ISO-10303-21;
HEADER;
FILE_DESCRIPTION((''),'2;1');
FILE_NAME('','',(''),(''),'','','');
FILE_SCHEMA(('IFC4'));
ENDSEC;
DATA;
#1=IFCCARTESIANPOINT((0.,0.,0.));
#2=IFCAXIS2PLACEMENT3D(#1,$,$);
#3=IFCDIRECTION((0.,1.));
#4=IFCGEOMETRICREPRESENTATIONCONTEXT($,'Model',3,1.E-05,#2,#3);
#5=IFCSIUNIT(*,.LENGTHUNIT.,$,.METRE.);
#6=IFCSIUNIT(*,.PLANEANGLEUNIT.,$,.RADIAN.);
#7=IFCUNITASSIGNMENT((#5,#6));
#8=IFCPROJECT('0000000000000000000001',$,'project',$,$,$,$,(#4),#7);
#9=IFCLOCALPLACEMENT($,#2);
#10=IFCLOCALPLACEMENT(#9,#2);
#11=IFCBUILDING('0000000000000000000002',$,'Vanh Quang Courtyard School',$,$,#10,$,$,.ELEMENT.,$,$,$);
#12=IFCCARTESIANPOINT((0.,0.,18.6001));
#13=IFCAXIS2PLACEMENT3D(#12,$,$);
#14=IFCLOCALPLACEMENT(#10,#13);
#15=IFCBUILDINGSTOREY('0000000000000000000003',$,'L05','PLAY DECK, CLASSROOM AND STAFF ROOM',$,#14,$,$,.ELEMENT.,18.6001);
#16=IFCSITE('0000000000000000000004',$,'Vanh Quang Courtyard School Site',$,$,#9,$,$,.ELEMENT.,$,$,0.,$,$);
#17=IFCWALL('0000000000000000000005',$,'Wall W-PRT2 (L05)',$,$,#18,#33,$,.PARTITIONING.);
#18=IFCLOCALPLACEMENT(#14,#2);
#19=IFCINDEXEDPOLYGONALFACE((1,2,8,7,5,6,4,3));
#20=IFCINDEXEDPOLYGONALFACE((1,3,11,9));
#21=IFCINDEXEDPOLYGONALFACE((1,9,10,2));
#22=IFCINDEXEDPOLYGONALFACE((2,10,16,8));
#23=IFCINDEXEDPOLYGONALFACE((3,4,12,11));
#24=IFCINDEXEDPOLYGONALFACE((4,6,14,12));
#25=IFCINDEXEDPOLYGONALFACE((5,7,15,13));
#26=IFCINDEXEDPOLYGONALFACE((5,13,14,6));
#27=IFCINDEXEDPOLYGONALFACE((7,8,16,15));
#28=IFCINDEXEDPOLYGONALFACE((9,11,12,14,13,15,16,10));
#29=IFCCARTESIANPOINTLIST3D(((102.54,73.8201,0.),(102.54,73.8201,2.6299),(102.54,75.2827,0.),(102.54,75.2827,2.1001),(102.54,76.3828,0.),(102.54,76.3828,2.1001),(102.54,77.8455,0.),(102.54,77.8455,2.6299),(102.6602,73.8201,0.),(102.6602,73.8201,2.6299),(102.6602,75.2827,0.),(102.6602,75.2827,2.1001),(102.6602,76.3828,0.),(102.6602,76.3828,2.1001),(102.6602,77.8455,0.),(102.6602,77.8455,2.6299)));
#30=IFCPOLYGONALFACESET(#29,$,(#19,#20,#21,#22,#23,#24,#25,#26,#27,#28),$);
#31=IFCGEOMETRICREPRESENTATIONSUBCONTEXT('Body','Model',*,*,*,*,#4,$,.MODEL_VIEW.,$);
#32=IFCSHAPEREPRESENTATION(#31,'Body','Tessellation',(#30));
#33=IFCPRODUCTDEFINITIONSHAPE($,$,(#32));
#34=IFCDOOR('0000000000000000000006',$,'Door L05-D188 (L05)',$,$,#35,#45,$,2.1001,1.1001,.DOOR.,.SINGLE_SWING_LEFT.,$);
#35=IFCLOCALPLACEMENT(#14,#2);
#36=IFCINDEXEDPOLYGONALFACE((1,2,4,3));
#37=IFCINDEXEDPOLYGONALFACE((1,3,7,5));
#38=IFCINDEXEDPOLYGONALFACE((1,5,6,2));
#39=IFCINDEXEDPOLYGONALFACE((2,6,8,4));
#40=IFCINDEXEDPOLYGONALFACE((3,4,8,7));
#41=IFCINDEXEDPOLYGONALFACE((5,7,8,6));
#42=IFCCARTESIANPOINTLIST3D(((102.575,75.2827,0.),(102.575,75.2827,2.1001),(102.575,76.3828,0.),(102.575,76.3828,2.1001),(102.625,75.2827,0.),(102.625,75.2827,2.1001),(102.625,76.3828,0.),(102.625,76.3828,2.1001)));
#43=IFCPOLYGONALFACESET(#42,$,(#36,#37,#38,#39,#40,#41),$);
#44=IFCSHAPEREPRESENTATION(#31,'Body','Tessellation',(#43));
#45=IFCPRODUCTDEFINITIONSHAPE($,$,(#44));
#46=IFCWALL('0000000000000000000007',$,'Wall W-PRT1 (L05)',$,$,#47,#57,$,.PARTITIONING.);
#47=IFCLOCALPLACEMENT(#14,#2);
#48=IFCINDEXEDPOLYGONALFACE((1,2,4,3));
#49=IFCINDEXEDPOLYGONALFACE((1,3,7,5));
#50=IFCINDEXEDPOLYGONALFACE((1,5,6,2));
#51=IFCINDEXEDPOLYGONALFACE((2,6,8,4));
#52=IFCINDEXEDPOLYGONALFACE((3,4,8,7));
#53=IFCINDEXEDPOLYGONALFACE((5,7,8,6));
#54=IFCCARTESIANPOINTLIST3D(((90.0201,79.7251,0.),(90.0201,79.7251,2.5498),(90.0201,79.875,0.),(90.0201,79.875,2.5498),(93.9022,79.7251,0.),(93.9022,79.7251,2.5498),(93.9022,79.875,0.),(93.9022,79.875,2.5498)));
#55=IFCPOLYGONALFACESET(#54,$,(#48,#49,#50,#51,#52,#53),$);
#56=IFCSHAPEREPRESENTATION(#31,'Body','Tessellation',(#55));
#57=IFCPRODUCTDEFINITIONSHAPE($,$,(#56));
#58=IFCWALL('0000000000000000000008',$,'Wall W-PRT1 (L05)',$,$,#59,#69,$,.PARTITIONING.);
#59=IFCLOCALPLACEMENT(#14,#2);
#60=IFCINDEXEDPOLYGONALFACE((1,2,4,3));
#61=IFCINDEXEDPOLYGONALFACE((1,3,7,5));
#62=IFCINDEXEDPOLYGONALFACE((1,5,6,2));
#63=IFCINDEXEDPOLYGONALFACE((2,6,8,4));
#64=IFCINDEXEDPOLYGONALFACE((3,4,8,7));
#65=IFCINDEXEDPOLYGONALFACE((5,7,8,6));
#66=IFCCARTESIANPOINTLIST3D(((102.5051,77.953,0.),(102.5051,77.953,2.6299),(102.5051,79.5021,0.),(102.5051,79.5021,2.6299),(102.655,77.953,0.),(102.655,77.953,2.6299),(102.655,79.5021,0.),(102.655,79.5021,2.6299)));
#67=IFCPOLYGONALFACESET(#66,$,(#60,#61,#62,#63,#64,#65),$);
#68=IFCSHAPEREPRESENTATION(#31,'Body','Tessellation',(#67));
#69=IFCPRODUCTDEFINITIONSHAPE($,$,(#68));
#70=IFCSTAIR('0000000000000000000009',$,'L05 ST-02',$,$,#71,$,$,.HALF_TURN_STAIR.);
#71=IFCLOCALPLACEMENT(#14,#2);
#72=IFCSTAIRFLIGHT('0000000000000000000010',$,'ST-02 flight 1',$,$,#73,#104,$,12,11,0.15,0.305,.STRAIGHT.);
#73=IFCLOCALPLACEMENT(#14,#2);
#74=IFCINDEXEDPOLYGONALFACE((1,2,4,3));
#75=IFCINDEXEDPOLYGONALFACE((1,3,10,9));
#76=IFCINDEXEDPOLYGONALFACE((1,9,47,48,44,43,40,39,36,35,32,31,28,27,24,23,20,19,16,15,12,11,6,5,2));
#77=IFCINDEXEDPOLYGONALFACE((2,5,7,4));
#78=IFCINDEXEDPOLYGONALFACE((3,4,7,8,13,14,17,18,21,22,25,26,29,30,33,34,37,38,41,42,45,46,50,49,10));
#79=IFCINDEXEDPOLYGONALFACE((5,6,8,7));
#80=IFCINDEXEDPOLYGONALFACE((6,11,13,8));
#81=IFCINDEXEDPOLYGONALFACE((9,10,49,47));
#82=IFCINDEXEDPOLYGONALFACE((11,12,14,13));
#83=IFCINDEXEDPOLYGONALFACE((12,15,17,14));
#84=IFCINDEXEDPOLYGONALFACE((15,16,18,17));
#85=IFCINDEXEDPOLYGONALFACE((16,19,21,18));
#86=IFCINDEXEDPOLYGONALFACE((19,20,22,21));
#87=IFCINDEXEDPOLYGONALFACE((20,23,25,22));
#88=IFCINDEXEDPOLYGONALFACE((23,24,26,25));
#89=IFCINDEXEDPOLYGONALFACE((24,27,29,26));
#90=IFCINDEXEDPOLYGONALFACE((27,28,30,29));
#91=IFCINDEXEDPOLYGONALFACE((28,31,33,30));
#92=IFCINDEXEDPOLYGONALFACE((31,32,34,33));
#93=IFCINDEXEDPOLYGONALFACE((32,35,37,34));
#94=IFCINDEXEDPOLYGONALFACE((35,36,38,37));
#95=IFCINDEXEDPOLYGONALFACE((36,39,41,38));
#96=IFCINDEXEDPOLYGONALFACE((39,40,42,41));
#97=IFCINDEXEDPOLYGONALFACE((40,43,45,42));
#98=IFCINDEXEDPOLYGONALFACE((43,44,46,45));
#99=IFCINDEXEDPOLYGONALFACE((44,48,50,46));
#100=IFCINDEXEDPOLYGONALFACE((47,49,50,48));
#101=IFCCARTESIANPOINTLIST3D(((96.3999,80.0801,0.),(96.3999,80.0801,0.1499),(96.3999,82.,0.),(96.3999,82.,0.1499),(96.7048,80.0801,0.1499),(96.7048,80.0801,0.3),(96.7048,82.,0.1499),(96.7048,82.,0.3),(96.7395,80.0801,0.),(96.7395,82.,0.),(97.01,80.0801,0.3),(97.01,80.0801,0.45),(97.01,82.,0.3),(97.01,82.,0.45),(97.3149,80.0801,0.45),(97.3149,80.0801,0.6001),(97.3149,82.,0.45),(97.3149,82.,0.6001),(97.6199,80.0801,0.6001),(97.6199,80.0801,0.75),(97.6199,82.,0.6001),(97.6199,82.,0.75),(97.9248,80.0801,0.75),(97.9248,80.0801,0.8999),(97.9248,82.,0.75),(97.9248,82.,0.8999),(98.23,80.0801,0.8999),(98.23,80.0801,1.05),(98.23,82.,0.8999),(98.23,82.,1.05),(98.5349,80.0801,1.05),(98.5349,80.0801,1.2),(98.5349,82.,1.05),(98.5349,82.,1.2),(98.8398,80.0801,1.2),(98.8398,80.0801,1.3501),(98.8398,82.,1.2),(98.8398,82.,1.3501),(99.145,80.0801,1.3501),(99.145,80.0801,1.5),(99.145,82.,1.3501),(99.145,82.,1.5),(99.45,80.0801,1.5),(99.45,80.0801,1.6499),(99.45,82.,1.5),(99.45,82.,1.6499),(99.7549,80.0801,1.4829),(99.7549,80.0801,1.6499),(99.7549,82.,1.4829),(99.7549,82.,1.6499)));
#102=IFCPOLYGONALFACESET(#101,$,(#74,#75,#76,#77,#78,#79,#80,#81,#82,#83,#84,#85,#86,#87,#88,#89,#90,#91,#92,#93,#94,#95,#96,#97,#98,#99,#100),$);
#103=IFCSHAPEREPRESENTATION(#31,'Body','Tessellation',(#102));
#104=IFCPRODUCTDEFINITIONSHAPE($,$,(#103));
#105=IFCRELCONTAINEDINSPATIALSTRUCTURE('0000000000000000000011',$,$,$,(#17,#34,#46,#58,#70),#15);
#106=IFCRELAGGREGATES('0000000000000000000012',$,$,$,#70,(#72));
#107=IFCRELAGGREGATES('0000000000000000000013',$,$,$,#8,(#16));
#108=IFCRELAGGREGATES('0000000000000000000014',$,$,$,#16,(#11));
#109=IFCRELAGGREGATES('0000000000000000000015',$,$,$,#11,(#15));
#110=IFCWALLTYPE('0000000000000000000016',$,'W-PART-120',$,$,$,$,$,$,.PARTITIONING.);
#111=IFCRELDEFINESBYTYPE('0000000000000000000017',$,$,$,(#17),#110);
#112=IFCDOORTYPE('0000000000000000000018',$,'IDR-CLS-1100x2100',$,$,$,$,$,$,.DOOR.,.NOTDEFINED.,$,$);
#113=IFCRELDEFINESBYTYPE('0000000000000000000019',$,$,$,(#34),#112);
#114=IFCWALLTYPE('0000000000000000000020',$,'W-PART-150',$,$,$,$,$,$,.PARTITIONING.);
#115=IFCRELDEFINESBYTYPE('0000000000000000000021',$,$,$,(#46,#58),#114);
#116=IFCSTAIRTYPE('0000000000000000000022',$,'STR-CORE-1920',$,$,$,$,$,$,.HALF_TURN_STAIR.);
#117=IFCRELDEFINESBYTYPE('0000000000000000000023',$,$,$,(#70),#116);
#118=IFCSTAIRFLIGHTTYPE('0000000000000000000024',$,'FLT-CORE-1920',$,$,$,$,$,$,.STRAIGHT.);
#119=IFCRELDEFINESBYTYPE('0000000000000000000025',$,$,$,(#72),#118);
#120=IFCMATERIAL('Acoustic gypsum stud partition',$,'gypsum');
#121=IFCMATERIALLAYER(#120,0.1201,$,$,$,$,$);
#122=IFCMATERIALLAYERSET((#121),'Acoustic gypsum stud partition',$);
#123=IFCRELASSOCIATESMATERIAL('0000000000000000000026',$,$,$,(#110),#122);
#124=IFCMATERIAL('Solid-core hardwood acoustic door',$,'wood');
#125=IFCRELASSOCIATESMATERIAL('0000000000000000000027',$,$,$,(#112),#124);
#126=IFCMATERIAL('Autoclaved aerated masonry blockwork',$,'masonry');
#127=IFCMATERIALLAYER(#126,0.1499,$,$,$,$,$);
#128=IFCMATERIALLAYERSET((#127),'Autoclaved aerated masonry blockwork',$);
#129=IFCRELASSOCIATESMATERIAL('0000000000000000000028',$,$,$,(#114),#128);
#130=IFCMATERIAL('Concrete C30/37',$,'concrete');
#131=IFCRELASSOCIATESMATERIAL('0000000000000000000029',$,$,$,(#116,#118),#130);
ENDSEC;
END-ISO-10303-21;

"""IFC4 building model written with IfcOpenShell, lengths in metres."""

from ifc_helpers import new_model, si_unit, direction, frame, frame_2d, origin, place, context, subcontext, project, spatial, polyline, rectangle, outline, extrude, material, layer, layer_set, type_object, element, fill, aggregate, save


model = new_model("IFC4")

# Units and contexts
model_context = context("Model", 3, precision=1e-05, world=origin(), true_north=direction((0.0, 1.0)))
body_context = subcontext(model_context, "Body", "Model", "MODEL_VIEW")
ifc_project = project(units=[si_unit("LENGTHUNIT", "METRE"), si_unit("PLANEANGLEUNIT", "RADIAN")], contexts=[model_context])

# Site, building, storey
site_placement = place(None, origin())
site = spatial("IfcSite", under=ifc_project, at=site_placement, Name="Vanh Quang Courtyard School Site", CompositionType="ELEMENT", RefElevation=0.0)
building_placement = place(site_placement, origin())
building = spatial("IfcBuilding", under=site, at=building_placement, Name="Vanh Quang Courtyard School", CompositionType="ELEMENT")
storey_placement = place(building_placement, frame((0.0, 0.0, 18.6001)))
storey = spatial("IfcBuildingStorey", under=building, at=storey_placement, Name="L05", Description="PLAY DECK, CLASSROOM AND STAFF ROOM", CompositionType="ELEMENT", Elevation=18.6001)

# Wall, opening, door
ifc_material_1 = material(Name="Acoustic gypsum stud partition", Category="gypsum")
ifc_layer_1 = layer(ifc_material_1, 0.1201)
ifc_layer_set_1 = layer_set([ifc_layer_1], Name="Acoustic gypsum stud partition")
wall_type_1 = type_object("IfcWallType", Name="W-PART-120", PredefinedType="PARTITIONING", material=ifc_layer_set_1)
ifc_material_2 = material(Name="Solid-core hardwood acoustic door", Category="wood")
wall_1_placement = place(storey_placement, frame((102.6001, 77.8455, 0.0), z_axis=(0.0, 0.0, 1.0), x_axis=(0.0, -1.0, 0.0)))
wall_1 = element("IfcWall", 1, at=wall_1_placement, inside=storey, type_object=wall_type_1, Name="Wall W-PRT2 (L05)", PredefinedType="PARTITIONING", context=body_context, shape_type="SweptSolid", body=[
    extrude(rectangle(XDim=4.0254, YDim=0.1201, at=frame_2d((2.0127, 0.0))), origin(), (0.0, 0.0, 1.0), 2.6299),
])
opening_1_placement = place(wall_1_placement, frame((1.4626, 0.0, 0.0)))
opening_1 = element("IfcOpeningElement", 2, at=opening_1_placement, cuts=wall_1, PredefinedType="OPENING", context=body_context, shape_type="SweptSolid", body=[
    extrude(rectangle(XDim=1.1001, YDim=2.1001, at=frame_2d((0.55, 1.05))), frame((0.0, 0.0701, 0.0), z_axis=(0.0, -1.0, 0.0), x_axis=(1.0, 0.0, 0.0)), (0.0, 0.0, 1.0), 0.1401),
])
door_type_1 = type_object("IfcDoorType", Name="IDR-CLS-1100x2100", OperationType="NOTDEFINED", PredefinedType="DOOR", material=ifc_material_2)
door_1_placement = place(opening_1_placement, origin())
door_1 = element("IfcDoor", 3, at=door_1_placement, inside=storey, type_object=door_type_1, Name="Door L05-D188 (L05)", OperationType="SINGLE_SWING_LEFT", OverallHeight=2.1001, OverallWidth=1.1001, PredefinedType="DOOR", context=body_context, shape_type="SweptSolid", body=[
    extrude(rectangle(XDim=1.1001, YDim=2.1001, at=frame_2d((0.55, 1.05))), frame((0.0, 0.0249, 0.0), z_axis=(0.0, -1.0, 0.0), x_axis=(1.0, 0.0, 0.0)), (0.0, 0.0, 1.0), 0.05),
])
fill(opening_1, door_1)

# Walls
ifc_material_3 = material(Name="Autoclaved aerated masonry blockwork", Category="masonry")
ifc_layer_2 = layer(ifc_material_3, 0.1499)
ifc_layer_set_2 = layer_set([ifc_layer_2], Name="Autoclaved aerated masonry blockwork")
wall_type_2 = type_object("IfcWallType", Name="W-PART-150", PredefinedType="PARTITIONING", material=ifc_layer_set_2)
wall_2_placement = place(storey_placement, frame((93.9021, 79.8, 0.0), z_axis=(0.0, 0.0, 1.0), x_axis=(-1.0, 0.0, 0.0)))
element("IfcWall", 4, at=wall_2_placement, inside=storey, type_object=wall_type_2, Name="Wall W-PRT1 (L05)", PredefinedType="PARTITIONING", context=body_context, shape_type="SweptSolid", body=[
    extrude(rectangle(XDim=3.8821, YDim=0.1499, at=frame_2d((1.9409, 0.0))), origin(), (0.0, 0.0, 1.0), 2.5498),
])
wall_3_placement = place(storey_placement, frame((102.5801, 79.502, 0.0), z_axis=(0.0, 0.0, 1.0), x_axis=(0.0, -1.0, 0.0)))
element("IfcWall", 5, at=wall_3_placement, inside=storey, type_object=wall_type_2, Name="Wall W-PRT1 (L05)", PredefinedType="PARTITIONING", context=body_context, shape_type="SweptSolid", body=[
    extrude(rectangle(XDim=1.5491, YDim=0.1499, at=frame_2d((0.7744, 0.0))), origin(), (0.0, 0.0, 1.0), 2.6299),
])

# Stair, stair flight
ifc_material_4 = material(Name="Concrete C30/37", Category="concrete")
stair_type = type_object("IfcStairType", Name="STR-CORE-1920", PredefinedType="HALF_TURN_STAIR", material=ifc_material_4)
stair_placement = place(storey_placement, origin())
stair = element("IfcStair", 6, at=stair_placement, inside=storey, type_object=stair_type, Name="L05 ST-02", PredefinedType="HALF_TURN_STAIR")
stair_flight_type = type_object("IfcStairFlightType", Name="FLT-CORE-1920", PredefinedType="STRAIGHT", material=ifc_material_4)
stair_flight_placement = place(storey_placement, frame((96.3999, 81.04, 0.0), z_axis=(0.0, 0.0, 1.0), x_axis=(1.0, 0.0, 0.0)))
stair_flight = element("IfcStairFlight", 7, at=stair_flight_placement, type_object=stair_flight_type, Name="ST-02 flight 1", NumberOfRisers=12, NumberOfTreads=11, PredefinedType="STRAIGHT", RiserHeight=0.15, TreadLength=0.305, context=body_context, shape_type="SweptSolid", body=[
    extrude(outline(polyline([(0.0, 0.0), (0.0, 0.1499), (0.3049, 0.1499), (0.3049, 0.3), (0.6101, 0.3), (0.6101, 0.45), (0.915, 0.45), (0.915, 0.6001), (1.22, 0.6001), (1.22, 0.75), (1.5249, 0.75), (1.5249, 0.8999), (1.8301, 0.8999), (1.8301, 1.05), (2.135, 1.05), (2.135, 1.2), (2.4399, 1.2), (2.4399, 1.3501), (2.7451, 1.3501), (2.7451, 1.5), (3.05, 1.5), (3.05, 1.6499), (3.355, 1.6499), (3.355, 1.8), (3.355, 1.4829), (0.3396, 0.0), (0.0, 0.0)])), frame((0.0, 0.96, 0.0), z_axis=(0.0, -1.0, 0.0), x_axis=(1.0, 0.0, 0.0)), (0.0, 0.0, 1.0), 1.9199),
])
aggregate(stair, [stair_flight])

save(model, "model.ifc")
